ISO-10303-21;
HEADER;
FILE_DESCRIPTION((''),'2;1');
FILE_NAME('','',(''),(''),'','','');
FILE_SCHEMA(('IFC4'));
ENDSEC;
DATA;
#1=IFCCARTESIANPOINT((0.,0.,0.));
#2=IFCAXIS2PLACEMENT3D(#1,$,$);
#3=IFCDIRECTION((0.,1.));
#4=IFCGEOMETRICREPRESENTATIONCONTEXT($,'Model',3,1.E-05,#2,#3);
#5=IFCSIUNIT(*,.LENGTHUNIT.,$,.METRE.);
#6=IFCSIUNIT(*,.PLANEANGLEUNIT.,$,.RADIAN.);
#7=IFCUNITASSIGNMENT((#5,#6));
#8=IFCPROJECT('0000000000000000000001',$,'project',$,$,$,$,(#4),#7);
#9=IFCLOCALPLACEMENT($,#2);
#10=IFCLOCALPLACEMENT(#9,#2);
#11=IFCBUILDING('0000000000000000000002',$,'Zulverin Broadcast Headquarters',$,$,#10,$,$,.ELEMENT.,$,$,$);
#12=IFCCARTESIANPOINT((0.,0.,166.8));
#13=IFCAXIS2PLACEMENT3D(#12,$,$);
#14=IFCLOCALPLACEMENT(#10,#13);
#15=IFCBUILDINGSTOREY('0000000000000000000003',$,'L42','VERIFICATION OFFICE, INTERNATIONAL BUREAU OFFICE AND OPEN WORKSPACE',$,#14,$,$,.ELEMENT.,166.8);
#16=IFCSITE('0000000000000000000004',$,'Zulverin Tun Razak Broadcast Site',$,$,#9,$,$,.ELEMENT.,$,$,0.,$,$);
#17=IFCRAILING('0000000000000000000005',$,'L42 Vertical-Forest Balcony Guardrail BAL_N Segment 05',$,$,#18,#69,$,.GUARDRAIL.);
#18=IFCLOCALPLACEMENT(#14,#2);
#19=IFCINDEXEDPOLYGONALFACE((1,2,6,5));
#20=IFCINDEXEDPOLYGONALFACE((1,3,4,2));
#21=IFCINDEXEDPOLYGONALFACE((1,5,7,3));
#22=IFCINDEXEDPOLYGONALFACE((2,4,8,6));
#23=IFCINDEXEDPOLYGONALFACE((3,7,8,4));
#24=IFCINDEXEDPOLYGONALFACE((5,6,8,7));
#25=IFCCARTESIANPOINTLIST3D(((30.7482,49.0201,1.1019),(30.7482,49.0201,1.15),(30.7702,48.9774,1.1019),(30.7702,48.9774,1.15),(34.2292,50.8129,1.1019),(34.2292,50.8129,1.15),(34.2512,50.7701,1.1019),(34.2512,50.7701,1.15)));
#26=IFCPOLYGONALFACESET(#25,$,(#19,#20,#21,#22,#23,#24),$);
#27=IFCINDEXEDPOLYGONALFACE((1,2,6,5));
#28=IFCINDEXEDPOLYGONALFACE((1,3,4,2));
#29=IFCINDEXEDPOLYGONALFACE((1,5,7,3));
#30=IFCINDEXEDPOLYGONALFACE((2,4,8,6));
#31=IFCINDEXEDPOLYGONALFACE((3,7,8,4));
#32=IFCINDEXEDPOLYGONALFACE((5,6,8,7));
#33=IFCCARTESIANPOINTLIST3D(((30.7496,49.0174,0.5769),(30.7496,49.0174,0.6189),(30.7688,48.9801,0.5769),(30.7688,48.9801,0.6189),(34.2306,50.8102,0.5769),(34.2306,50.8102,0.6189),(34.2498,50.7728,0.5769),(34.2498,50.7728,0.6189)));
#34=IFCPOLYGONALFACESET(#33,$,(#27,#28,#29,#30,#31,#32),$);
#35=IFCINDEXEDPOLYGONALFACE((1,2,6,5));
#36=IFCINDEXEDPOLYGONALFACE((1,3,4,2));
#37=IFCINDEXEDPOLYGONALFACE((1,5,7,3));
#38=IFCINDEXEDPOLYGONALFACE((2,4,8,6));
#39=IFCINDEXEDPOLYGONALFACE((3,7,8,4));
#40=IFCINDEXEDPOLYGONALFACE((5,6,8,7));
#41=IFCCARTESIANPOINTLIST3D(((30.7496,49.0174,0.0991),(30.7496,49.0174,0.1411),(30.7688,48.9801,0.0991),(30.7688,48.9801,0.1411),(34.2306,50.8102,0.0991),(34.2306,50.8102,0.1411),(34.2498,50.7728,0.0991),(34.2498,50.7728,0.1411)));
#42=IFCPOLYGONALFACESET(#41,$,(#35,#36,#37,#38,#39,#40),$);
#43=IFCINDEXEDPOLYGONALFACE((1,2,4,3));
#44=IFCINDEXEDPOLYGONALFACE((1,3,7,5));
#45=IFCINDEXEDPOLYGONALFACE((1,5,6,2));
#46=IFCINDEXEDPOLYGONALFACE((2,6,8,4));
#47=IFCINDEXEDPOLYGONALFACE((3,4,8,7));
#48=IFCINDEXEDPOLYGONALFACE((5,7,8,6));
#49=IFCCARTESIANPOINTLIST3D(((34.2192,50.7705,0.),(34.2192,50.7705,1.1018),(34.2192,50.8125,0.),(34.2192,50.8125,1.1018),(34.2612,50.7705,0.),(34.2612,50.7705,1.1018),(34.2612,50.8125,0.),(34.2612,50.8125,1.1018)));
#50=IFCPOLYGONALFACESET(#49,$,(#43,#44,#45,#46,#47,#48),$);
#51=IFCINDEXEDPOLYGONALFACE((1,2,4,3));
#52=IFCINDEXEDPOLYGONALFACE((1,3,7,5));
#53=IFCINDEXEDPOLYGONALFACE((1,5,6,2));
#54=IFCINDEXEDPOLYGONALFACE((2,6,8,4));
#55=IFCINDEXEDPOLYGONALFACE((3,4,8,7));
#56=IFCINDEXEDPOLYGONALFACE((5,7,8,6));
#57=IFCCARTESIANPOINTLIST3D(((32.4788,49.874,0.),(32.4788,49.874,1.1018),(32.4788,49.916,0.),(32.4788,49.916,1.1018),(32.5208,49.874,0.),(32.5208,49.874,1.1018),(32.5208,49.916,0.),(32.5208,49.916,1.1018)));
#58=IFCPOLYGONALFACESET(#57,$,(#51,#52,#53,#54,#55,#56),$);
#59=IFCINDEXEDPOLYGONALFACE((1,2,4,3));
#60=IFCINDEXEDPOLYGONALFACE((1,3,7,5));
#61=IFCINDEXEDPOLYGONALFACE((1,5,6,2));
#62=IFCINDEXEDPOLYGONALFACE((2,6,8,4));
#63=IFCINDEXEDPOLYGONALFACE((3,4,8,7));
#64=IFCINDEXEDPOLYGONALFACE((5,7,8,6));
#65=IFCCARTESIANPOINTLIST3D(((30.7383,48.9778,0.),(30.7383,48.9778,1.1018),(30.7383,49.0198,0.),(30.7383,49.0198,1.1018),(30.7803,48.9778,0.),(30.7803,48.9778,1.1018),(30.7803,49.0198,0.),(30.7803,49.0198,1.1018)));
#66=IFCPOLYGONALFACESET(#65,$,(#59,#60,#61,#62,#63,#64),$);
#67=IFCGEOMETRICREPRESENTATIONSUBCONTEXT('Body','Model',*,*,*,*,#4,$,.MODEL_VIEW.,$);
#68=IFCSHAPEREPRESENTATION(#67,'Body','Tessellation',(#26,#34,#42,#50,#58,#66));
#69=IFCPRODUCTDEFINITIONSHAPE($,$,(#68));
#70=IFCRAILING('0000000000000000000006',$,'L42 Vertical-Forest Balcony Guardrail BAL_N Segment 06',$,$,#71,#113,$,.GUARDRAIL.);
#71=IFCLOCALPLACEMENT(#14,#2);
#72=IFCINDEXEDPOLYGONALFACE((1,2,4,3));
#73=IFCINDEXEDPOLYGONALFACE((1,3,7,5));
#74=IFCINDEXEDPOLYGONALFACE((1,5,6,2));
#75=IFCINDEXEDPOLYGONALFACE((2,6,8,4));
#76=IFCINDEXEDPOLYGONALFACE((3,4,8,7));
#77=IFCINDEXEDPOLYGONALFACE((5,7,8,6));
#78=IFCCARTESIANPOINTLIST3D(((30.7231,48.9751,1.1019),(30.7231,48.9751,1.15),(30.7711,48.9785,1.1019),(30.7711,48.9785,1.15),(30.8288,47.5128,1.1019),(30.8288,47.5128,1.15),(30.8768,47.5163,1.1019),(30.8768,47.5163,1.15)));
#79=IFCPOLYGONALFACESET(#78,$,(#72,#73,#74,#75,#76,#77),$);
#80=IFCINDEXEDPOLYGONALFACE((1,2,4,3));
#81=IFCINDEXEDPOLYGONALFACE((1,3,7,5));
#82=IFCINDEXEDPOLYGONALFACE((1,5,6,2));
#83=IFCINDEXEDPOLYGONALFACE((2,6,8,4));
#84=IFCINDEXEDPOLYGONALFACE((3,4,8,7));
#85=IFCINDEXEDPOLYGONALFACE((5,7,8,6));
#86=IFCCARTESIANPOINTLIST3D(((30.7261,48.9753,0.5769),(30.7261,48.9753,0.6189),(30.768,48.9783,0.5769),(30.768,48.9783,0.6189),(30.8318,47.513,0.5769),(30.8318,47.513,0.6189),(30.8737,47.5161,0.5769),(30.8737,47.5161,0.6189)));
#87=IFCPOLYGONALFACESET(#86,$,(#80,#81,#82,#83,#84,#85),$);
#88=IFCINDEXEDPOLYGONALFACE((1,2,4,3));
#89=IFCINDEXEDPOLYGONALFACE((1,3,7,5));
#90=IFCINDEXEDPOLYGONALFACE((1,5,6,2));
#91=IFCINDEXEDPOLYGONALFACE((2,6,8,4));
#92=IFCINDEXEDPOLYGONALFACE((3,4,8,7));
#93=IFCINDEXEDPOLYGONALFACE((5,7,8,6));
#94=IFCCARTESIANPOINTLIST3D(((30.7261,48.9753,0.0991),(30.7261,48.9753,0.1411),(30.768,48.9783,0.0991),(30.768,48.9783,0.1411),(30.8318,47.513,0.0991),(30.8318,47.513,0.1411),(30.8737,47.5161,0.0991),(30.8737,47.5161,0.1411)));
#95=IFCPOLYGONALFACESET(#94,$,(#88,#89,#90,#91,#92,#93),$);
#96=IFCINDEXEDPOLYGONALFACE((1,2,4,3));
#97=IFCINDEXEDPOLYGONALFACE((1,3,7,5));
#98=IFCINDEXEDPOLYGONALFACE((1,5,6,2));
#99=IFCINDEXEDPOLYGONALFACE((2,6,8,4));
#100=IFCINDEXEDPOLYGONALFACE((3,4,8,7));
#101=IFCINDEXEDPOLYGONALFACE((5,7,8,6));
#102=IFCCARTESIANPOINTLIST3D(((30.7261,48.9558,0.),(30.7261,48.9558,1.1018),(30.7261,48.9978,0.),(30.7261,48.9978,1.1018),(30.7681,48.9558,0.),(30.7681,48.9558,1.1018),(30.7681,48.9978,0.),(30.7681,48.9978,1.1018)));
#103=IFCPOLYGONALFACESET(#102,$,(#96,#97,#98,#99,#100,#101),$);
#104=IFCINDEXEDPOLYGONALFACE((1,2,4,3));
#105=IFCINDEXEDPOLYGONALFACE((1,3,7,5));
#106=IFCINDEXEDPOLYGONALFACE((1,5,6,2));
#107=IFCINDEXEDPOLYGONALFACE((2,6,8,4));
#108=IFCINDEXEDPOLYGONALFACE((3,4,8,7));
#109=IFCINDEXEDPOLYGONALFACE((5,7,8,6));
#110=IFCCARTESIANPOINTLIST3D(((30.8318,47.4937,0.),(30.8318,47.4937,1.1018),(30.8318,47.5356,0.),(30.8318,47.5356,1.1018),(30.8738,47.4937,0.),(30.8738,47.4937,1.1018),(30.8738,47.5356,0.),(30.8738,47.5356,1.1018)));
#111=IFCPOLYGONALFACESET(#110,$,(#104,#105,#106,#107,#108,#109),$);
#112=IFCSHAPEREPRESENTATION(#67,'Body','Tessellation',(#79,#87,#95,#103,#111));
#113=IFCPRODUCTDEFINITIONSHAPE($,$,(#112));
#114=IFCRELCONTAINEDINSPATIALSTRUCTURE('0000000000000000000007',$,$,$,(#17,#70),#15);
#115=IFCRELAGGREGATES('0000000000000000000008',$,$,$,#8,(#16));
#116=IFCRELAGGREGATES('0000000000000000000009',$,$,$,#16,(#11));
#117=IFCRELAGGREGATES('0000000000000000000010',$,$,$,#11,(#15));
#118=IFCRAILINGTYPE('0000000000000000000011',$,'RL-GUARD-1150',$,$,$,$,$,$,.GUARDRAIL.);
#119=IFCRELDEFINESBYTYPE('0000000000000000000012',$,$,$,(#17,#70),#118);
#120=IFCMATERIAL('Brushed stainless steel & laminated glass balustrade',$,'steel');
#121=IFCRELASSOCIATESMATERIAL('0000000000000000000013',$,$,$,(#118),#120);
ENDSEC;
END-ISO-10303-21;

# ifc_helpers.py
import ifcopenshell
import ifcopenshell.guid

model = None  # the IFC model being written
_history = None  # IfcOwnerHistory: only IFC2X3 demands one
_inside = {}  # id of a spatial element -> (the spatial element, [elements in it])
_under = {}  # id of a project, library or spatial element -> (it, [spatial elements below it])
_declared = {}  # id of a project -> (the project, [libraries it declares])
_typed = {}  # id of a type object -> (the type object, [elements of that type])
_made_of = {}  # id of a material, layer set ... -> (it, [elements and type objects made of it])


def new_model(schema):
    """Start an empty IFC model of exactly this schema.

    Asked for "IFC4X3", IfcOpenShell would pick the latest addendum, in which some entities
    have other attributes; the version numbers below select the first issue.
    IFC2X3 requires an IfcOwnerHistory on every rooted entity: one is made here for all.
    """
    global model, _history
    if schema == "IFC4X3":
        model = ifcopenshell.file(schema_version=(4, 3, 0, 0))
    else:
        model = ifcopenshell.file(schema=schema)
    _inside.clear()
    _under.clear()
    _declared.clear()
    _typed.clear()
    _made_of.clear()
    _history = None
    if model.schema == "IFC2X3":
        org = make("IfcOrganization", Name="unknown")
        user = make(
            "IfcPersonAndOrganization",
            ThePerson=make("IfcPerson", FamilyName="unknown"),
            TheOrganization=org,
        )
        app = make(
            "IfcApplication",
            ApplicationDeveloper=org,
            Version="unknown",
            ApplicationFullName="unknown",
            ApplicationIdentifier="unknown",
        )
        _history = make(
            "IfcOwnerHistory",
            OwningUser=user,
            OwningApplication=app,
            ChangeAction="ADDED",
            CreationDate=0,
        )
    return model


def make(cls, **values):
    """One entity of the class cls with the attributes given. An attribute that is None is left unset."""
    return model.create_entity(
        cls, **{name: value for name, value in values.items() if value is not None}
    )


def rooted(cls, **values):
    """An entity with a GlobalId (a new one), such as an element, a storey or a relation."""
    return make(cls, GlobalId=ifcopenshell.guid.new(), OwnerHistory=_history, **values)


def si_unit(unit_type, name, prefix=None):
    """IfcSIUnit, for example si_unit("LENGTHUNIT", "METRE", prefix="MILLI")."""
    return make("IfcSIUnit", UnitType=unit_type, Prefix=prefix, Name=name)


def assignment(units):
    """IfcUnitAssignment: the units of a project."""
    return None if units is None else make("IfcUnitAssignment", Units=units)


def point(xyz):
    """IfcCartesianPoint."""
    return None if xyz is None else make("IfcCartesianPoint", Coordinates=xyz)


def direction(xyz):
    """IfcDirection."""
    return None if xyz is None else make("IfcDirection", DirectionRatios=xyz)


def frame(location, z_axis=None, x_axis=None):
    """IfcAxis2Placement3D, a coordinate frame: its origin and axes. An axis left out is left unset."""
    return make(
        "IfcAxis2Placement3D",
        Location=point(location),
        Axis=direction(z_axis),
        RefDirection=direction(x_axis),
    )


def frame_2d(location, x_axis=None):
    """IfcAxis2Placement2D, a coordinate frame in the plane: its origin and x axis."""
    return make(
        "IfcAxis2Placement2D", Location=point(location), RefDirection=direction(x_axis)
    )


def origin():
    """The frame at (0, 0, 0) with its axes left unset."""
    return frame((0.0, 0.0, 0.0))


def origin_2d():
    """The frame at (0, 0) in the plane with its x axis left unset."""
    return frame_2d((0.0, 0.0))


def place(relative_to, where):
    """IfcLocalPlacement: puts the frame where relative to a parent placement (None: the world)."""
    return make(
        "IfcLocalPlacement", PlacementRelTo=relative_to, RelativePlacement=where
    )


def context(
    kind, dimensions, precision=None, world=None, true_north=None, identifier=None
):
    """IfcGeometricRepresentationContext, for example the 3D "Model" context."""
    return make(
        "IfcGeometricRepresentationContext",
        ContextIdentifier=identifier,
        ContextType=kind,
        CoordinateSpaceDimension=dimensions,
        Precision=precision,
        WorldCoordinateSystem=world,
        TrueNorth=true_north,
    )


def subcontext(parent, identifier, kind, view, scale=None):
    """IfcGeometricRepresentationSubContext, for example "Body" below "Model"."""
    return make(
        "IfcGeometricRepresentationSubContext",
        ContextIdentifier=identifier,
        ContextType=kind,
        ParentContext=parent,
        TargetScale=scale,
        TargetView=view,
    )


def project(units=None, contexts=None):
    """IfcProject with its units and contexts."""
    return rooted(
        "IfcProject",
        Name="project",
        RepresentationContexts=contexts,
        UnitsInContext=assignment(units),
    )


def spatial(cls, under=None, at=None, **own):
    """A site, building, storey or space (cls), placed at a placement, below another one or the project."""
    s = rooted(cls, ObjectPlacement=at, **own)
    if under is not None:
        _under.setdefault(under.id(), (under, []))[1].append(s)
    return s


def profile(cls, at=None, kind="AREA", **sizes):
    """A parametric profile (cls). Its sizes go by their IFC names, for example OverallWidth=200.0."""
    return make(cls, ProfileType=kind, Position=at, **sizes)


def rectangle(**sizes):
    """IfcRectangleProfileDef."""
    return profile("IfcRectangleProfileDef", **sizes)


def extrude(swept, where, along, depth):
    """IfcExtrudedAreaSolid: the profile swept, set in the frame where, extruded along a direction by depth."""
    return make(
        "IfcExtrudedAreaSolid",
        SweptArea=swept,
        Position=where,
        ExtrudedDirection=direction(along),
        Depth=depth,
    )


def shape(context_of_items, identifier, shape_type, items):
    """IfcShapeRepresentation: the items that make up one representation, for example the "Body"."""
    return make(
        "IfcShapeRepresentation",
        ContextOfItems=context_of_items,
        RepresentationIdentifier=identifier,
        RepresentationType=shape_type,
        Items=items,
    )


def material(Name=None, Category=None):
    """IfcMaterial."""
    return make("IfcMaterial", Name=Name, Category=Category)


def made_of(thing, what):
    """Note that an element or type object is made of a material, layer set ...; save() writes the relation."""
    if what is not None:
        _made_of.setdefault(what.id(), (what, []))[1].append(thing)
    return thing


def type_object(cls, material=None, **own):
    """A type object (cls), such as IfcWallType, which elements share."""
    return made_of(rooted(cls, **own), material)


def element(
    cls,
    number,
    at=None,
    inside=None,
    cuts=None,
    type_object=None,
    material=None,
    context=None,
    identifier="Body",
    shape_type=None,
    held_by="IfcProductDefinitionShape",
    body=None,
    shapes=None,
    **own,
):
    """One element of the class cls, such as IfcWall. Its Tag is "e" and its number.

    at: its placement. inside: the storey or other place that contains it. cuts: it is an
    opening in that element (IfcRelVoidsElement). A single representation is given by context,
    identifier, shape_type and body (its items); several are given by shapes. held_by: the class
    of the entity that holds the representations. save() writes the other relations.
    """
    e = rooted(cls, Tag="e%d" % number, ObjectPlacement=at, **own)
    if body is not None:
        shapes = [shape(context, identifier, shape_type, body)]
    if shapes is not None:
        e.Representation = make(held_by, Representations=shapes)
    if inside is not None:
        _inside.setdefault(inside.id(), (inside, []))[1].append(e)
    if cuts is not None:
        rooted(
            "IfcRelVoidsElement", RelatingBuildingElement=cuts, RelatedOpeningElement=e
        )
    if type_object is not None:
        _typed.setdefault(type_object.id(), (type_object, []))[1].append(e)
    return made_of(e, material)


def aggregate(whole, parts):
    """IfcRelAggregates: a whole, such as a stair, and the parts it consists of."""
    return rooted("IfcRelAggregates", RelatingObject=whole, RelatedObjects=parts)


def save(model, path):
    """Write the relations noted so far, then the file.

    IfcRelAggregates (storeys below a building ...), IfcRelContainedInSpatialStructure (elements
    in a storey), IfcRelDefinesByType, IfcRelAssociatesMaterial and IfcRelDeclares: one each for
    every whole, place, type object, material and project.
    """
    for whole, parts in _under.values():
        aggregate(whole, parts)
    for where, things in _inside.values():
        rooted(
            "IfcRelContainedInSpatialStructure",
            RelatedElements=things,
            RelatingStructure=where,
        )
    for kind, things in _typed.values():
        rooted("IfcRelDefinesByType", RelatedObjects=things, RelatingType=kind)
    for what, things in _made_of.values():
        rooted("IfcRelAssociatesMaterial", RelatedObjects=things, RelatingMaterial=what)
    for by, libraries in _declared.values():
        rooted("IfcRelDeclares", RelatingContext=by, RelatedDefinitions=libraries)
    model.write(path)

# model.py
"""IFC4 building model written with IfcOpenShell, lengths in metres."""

from ifc_helpers import new_model, si_unit, direction, frame, origin, origin_2d, place, context, subcontext, project, spatial, rectangle, extrude, material, type_object, element, save


model = new_model("IFC4")

# Units and contexts
model_context = context("Model", 3, precision=1e-05, world=origin(), true_north=direction((0.0, 1.0)))
body_context = subcontext(model_context, "Body", "Model", "MODEL_VIEW")
ifc_project = project(units=[si_unit("LENGTHUNIT", "METRE"), si_unit("PLANEANGLEUNIT", "RADIAN")], contexts=[model_context])

# Site, building, storey
site_placement = place(None, origin())
site = spatial("IfcSite", under=ifc_project, at=site_placement, Name="Zulverin Tun Razak Broadcast Site", CompositionType="ELEMENT", RefElevation=0.0)
building_placement = place(site_placement, origin())
building = spatial("IfcBuilding", under=site, at=building_placement, Name="Zulverin Broadcast Headquarters", CompositionType="ELEMENT")
storey_placement = place(building_placement, frame((0.0, 0.0, 166.8)))
storey = spatial("IfcBuildingStorey", under=building, at=storey_placement, Name="L42", Description="VERIFICATION OFFICE, INTERNATIONAL BUREAU OFFICE AND OPEN WORKSPACE", CompositionType="ELEMENT", Elevation=166.8)

# Railings
ifc_material_1 = material(Name="Brushed stainless steel & laminated glass balustrade", Category="steel")
railing_type = type_object("IfcRailingType", Name="RL-GUARD-1150", PredefinedType="GUARDRAIL", material=ifc_material_1)
railing_1_placement = place(storey_placement, frame((34.2402, 50.7915, 0.0)))
element("IfcRailing", 1, at=railing_1_placement, inside=storey, type_object=railing_type, Name="L42 Vertical-Forest Balcony Guardrail BAL_N Segment 05", PredefinedType="GUARDRAIL", context=body_context, shape_type="SweptSolid", body=[
    extrude(rectangle(XDim=0.0481, YDim=0.0481, at=origin_2d()), frame((0.0, 0.0, 1.126), z_axis=(-0.889026, -0.457857, 0.0), x_axis=(0.457857, -0.889026, 0.0)), (0.0, 0.0, 1.0), 3.9155),
    extrude(rectangle(XDim=0.042, YDim=0.042, at=origin_2d()), frame((0.0, 0.0, 0.5979), z_axis=(-0.889026, -0.457857, 0.0), x_axis=(0.457857, -0.889026, 0.0)), (0.0, 0.0, 1.0), 3.9155),
    extrude(rectangle(XDim=0.042, YDim=0.042, at=origin_2d()), frame((0.0, 0.0, 0.1201), z_axis=(-0.889026, -0.457857, 0.0), x_axis=(0.457857, -0.889026, 0.0)), (0.0, 0.0, 1.0), 3.9155),
    extrude(rectangle(XDim=0.042, YDim=0.042, at=origin_2d()), origin(), (0.0, 0.0, 1.0), 1.1018),
    extrude(rectangle(XDim=0.042, YDim=0.042, at=origin_2d()), frame((-1.7405, -0.8965, 0.0)), (0.0, 0.0, 1.0), 1.1018),
    extrude(rectangle(XDim=0.042, YDim=0.042, at=origin_2d()), frame((-3.481, -1.7927, 0.0)), (0.0, 0.0, 1.0), 1.1018),
])
railing_2_placement = place(storey_placement, frame((30.7471, 48.9768, 0.0)))
element("IfcRailing", 2, at=railing_2_placement, inside=storey, type_object=railing_type, Name="L42 Vertical-Forest Balcony Guardrail BAL_N Segment 06", PredefinedType="GUARDRAIL", context=body_context, shape_type="SweptSolid", body=[
    extrude(rectangle(XDim=0.0481, YDim=0.0481, at=origin_2d()), frame((0.0, 0.0, 1.126), z_axis=(0.072111, -0.997397, 0.0), x_axis=(0.997397, 0.072111, 0.0)), (0.0, 0.0, 1.0), 1.4661),
    extrude(rectangle(XDim=0.042, YDim=0.042, at=origin_2d()), frame((0.0, 0.0, 0.5979), z_axis=(0.072111, -0.997397, 0.0), x_axis=(0.997397, 0.072111, 0.0)), (0.0, 0.0, 1.0), 1.4661),
    extrude(rectangle(XDim=0.042, YDim=0.042, at=origin_2d()), frame((0.0, 0.0, 0.1201), z_axis=(0.072111, -0.997397, 0.0), x_axis=(0.997397, 0.072111, 0.0)), (0.0, 0.0, 1.0), 1.4661),
    extrude(rectangle(XDim=0.042, YDim=0.042, at=origin_2d()), origin(), (0.0, 0.0, 1.0), 1.1018),
    extrude(rectangle(XDim=0.042, YDim=0.042, at=origin_2d()), frame((0.1057, -1.4622, 0.0)), (0.0, 0.0, 1.0), 1.1018),
])

save(model, "model.ifc")
